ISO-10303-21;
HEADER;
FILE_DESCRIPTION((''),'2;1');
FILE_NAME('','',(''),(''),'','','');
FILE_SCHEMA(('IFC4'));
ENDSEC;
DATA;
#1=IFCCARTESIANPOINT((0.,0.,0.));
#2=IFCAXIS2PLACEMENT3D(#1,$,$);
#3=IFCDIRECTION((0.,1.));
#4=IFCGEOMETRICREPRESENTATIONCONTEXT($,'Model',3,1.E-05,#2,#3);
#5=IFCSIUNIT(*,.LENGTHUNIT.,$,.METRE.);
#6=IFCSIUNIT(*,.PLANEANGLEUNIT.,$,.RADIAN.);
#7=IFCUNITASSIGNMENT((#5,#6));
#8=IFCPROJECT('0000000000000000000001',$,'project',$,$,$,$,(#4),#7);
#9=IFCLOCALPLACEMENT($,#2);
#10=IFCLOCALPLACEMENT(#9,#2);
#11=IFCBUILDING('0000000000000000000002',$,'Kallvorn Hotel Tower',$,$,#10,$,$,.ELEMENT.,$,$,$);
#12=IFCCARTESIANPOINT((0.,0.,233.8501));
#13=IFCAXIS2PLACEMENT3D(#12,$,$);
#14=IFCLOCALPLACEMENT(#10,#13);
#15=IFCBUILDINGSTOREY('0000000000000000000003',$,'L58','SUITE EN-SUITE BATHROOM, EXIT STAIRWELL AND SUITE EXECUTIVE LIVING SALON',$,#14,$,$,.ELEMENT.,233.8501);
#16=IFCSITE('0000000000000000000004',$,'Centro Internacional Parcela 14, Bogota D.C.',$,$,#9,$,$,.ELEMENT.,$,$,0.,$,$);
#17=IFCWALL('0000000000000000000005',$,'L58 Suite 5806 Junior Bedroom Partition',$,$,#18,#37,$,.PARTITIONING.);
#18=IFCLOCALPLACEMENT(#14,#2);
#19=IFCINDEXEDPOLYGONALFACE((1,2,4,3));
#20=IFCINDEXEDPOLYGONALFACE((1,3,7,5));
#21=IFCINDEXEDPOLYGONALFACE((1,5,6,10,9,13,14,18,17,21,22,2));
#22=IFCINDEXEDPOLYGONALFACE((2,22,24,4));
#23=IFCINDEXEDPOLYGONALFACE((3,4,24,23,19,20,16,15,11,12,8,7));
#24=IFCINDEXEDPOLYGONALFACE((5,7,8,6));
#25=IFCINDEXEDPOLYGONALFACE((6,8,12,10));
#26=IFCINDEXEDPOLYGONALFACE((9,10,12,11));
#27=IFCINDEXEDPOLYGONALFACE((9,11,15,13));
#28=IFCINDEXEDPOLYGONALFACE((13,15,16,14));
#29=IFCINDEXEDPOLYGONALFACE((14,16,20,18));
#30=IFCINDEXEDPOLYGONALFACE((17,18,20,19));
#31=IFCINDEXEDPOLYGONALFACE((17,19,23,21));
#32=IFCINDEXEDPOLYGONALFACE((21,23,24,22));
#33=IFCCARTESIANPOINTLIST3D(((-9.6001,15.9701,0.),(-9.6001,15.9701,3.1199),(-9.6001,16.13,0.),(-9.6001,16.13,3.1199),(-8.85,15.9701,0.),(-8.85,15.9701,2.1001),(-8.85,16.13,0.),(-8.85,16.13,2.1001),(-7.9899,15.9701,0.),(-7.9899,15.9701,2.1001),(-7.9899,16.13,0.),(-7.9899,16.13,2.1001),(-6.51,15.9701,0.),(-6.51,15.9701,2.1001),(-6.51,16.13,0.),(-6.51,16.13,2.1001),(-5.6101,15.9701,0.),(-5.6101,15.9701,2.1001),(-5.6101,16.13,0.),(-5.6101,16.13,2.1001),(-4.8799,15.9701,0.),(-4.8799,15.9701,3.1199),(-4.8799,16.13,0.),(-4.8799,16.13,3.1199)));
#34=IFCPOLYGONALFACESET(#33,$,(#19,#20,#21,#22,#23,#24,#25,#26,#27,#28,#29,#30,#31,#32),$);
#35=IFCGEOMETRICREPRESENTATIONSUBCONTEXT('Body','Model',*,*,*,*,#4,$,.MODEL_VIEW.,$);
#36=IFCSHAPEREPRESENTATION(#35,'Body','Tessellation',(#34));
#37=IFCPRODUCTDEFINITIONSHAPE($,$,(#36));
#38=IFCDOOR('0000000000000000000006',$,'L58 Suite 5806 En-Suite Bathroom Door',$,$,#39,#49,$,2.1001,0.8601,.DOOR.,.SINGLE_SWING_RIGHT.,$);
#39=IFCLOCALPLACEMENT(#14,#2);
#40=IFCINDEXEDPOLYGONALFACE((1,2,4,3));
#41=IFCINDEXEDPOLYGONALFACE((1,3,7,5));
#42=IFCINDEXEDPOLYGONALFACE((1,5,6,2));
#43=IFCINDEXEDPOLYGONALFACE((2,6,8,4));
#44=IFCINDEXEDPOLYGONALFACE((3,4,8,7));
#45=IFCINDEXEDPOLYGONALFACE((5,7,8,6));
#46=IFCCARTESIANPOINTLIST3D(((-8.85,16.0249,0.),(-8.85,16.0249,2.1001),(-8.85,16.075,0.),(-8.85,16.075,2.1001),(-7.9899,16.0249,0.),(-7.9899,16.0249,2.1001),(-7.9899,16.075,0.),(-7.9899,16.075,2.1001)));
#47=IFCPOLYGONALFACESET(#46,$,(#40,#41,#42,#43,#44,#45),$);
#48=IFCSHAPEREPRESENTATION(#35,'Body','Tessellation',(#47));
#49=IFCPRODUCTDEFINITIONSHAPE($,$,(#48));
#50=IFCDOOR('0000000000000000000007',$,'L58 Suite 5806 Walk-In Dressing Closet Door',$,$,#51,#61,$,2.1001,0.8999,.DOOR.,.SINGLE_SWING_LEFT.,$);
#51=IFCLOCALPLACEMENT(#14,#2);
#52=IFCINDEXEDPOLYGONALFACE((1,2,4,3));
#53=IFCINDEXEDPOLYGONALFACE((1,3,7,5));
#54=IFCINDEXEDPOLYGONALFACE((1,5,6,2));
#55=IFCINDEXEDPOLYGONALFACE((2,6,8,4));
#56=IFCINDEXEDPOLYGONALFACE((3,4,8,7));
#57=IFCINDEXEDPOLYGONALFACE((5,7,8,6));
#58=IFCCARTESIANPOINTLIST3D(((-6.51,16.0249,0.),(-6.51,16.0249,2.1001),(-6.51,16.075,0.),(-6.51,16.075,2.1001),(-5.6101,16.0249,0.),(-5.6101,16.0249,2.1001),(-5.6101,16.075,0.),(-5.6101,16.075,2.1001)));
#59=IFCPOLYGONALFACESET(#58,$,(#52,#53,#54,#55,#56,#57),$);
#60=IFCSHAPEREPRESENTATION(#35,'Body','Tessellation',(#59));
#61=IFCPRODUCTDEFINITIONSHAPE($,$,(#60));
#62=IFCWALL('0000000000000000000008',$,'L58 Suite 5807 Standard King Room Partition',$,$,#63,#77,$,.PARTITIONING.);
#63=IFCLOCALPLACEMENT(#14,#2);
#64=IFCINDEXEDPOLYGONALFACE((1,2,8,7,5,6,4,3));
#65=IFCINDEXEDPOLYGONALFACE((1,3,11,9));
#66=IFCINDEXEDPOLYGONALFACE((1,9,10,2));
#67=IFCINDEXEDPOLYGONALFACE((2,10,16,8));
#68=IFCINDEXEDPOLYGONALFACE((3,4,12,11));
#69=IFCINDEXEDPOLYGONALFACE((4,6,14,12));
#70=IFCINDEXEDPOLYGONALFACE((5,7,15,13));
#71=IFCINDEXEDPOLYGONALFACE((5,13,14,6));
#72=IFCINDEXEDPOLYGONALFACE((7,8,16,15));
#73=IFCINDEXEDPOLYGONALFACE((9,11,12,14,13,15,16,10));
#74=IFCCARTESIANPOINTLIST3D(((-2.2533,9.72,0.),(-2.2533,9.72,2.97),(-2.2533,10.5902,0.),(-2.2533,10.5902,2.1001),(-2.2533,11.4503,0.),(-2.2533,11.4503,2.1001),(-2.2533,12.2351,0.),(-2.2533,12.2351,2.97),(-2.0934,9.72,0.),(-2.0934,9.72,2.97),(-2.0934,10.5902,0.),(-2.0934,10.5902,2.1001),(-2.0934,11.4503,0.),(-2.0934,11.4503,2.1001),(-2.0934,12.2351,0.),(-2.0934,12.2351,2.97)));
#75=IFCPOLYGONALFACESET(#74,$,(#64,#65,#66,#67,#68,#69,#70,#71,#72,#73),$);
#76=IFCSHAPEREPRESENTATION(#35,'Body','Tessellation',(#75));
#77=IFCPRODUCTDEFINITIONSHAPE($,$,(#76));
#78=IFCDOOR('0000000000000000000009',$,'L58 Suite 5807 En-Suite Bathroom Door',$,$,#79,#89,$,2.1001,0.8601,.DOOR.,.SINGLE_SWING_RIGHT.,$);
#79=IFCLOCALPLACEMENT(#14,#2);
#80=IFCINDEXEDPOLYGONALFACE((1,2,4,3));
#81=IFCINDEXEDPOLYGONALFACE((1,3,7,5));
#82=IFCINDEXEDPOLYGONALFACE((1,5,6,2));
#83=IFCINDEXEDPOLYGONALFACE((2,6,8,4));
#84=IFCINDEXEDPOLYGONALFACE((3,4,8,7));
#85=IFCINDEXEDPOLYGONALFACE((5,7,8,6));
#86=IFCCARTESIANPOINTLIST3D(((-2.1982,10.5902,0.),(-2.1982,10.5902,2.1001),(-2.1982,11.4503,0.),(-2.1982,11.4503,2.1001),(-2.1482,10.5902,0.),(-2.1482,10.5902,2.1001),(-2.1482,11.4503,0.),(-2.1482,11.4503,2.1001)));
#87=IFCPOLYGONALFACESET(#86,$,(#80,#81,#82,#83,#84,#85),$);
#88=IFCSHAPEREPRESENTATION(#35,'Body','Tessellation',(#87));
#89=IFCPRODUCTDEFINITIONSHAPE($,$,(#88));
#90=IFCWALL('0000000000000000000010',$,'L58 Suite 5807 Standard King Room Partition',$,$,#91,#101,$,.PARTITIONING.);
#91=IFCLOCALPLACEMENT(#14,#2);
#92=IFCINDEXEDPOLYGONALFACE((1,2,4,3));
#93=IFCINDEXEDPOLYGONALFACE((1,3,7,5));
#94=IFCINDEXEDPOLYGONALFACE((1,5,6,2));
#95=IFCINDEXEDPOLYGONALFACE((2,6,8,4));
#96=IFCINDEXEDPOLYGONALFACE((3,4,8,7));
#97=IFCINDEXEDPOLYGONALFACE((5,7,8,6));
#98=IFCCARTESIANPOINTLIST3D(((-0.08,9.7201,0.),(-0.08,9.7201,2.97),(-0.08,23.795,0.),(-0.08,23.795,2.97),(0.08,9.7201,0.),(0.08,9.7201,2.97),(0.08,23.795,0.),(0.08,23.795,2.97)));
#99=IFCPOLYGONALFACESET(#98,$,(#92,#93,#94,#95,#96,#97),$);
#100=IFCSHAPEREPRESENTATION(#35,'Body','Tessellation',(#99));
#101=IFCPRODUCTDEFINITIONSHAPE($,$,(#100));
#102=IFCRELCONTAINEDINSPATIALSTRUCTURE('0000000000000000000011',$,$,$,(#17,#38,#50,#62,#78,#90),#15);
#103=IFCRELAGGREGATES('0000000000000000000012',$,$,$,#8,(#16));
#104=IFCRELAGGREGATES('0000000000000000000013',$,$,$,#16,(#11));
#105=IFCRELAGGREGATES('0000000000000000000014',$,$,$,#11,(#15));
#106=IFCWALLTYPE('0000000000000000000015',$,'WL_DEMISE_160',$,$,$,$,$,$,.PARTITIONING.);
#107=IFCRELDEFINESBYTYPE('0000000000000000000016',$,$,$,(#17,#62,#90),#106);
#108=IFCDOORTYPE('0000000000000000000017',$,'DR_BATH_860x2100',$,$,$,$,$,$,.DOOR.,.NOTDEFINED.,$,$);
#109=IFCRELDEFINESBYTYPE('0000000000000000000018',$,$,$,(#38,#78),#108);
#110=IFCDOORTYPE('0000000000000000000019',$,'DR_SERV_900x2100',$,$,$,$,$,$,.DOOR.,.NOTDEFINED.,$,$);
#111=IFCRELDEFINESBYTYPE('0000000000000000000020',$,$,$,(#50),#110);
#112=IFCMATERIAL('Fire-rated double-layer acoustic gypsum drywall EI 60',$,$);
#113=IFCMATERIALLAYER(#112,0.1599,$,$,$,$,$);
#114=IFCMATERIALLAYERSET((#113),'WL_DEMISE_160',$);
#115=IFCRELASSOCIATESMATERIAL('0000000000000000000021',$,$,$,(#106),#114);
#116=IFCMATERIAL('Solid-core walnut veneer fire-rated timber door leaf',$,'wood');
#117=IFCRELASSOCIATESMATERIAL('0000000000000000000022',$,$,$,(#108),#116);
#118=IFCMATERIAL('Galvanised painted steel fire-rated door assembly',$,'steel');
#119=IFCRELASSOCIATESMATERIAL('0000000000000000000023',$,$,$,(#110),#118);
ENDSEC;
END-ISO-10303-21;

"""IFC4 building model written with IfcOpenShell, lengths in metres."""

from ifc_helpers import new_model, si_unit, direction, frame, frame_2d, origin, place, context, subcontext, project, spatial, rectangle, extrude, material, layer, layer_set, type_object, element, fill, save


model = new_model("IFC4")

# Units and contexts
model_context = context("Model", 3, precision=1e-05, world=origin(), true_north=direction((0.0, 1.0)))
body_context = subcontext(model_context, "Body", "Model", "MODEL_VIEW")
ifc_project = project(units=[si_unit("LENGTHUNIT", "METRE"), si_unit("PLANEANGLEUNIT", "RADIAN")], contexts=[model_context])

# Site, building, storey
site_placement = place(None, origin())
site = spatial("IfcSite", under=ifc_project, at=site_placement, Name="Centro Internacional Parcela 14, Bogota D.C.", CompositionType="ELEMENT", RefElevation=0.0)
building_placement = place(site_placement, origin())
building = spatial("IfcBuilding", under=site, at=building_placement, Name="Kallvorn Hotel Tower", CompositionType="ELEMENT")
storey_placement = place(building_placement, frame((0.0, 0.0, 233.8501)))
storey = spatial("IfcBuildingStorey", under=building, at=storey_placement, Name="L58", Description="SUITE EN-SUITE BATHROOM, EXIT STAIRWELL AND SUITE EXECUTIVE LIVING SALON", CompositionType="ELEMENT", Elevation=233.8501)

# Shared definitions
ifc_material_1 = material(Name="Fire-rated double-layer acoustic gypsum drywall EI 60")
ifc_layer_1 = layer(ifc_material_1, 0.1599)
ifc_layer_set_1 = layer_set([ifc_layer_1], Name="WL_DEMISE_160")
wall_type = type_object("IfcWallType", Name="WL_DEMISE_160", PredefinedType="PARTITIONING", material=ifc_layer_set_1)

# Wall, openings, doors
wall_1_placement = place(storey_placement, frame((-9.6001, 16.05, 0.0), z_axis=(0.0, 0.0, 1.0), x_axis=(1.0, 0.0, 0.0)))
wall_1 = element("IfcWall", 1, at=wall_1_placement, inside=storey, type_object=wall_type, Name="L58 Suite 5806 Junior Bedroom Partition", PredefinedType="PARTITIONING", context=body_context, shape_type="SweptSolid", body=[
    extrude(rectangle(XDim=4.7202, YDim=0.1599, at=frame_2d((2.3601, 0.0))), origin(), (0.0, 0.0, 1.0), 3.1199),
])
opening_1_placement = place(wall_1_placement, frame((0.75, 0.0, 0.0)))
opening_1 = element("IfcOpeningElement", 2, at=opening_1_placement, cuts=wall_1, PredefinedType="OPENING", context=body_context, shape_type="SweptSolid", body=[
    extrude(rectangle(XDim=0.8601, YDim=2.1001, at=frame_2d((0.4302, 1.05))), frame((0.0, 0.095, 0.0), z_axis=(0.0, -1.0, 0.0), x_axis=(1.0, 0.0, 0.0)), (0.0, 0.0, 1.0), 0.1899),
])
opening_2_placement = place(wall_1_placement, frame((3.0901, 0.0, 0.0)))
opening_2 = element("IfcOpeningElement", 3, at=opening_2_placement, cuts=wall_1, PredefinedType="OPENING", context=body_context, shape_type="SweptSolid", body=[
    extrude(rectangle(XDim=0.8999, YDim=2.1001, at=frame_2d((0.45, 1.05))), frame((0.0, 0.095, 0.0), z_axis=(0.0, -1.0, 0.0), x_axis=(1.0, 0.0, 0.0)), (0.0, 0.0, 1.0), 0.1899),
])
ifc_material_2 = material(Name="Solid-core walnut veneer fire-rated timber door leaf", Category="wood")
door_type_1 = type_object("IfcDoorType", Name="DR_BATH_860x2100", OperationType="NOTDEFINED", PredefinedType="DOOR", material=ifc_material_2)
door_1_placement = place(opening_1_placement, origin())
door_1 = element("IfcDoor", 4, at=door_1_placement, inside=storey, type_object=door_type_1, Name="L58 Suite 5806 En-Suite Bathroom Door", OperationType="SINGLE_SWING_RIGHT", OverallHeight=2.1001, OverallWidth=0.8601, PredefinedType="DOOR", context=body_context, shape_type="SweptSolid", body=[
    extrude(rectangle(XDim=0.8601, YDim=2.1001, at=frame_2d((0.4302, 1.05))), frame((0.0, 0.0249, 0.0), z_axis=(0.0, -1.0, 0.0), x_axis=(1.0, 0.0, 0.0)), (0.0, 0.0, 1.0), 0.05),
])
fill(opening_1, door_1)
ifc_material_3 = material(Name="Galvanised painted steel fire-rated door assembly", Category="steel")
door_type_2 = type_object("IfcDoorType", Name="DR_SERV_900x2100", OperationType="NOTDEFINED", PredefinedType="DOOR", material=ifc_material_3)
door_2_placement = place(opening_2_placement, origin())
door_2 = element("IfcDoor", 5, at=door_2_placement, inside=storey, type_object=door_type_2, Name="L58 Suite 5806 Walk-In Dressing Closet Door", OperationType="SINGLE_SWING_LEFT", OverallHeight=2.1001, OverallWidth=0.8999, PredefinedType="DOOR", context=body_context, shape_type="SweptSolid", body=[
    extrude(rectangle(XDim=0.8999, YDim=2.1001, at=frame_2d((0.45, 1.05))), frame((0.0, 0.0249, 0.0), z_axis=(0.0, -1.0, 0.0), x_axis=(1.0, 0.0, 0.0)), (0.0, 0.0, 1.0), 0.05),
])
fill(opening_2, door_2)

# Wall, opening, door
wall_2_placement = place(storey_placement, frame((-2.1733, 9.72, 0.0), z_axis=(0.0, 0.0, 1.0), x_axis=(0.0, 1.0, 0.0)))
wall_2 = element("IfcWall", 6, at=wall_2_placement, inside=storey, type_object=wall_type, Name="L58 Suite 5807 Standard King Room Partition", PredefinedType="PARTITIONING", context=body_context, shape_type="SweptSolid", body=[
    extrude(rectangle(XDim=2.5151, YDim=0.1599, at=frame_2d((1.2576, 0.0))), origin(), (0.0, 0.0, 1.0), 2.97),
])
opening_3_placement = place(wall_2_placement, frame((0.8701, 0.0, 0.0)))
opening_3 = element("IfcOpeningElement", 7, at=opening_3_placement, cuts=wall_2, PredefinedType="OPENING", context=body_context, shape_type="SweptSolid", body=[
    extrude(rectangle(XDim=0.8601, YDim=2.1001, at=frame_2d((0.4302, 1.05))), frame((0.0, 0.095, 0.0), z_axis=(0.0, -1.0, 0.0), x_axis=(1.0, 0.0, 0.0)), (0.0, 0.0, 1.0), 0.1899),
])
door_3_placement = place(opening_3_placement, origin())
door_3 = element("IfcDoor", 8, at=door_3_placement, inside=storey, type_object=door_type_1, Name="L58 Suite 5807 En-Suite Bathroom Door", OperationType="SINGLE_SWING_RIGHT", OverallHeight=2.1001, OverallWidth=0.8601, PredefinedType="DOOR", context=body_context, shape_type="SweptSolid", body=[
    extrude(rectangle(XDim=0.8601, YDim=2.1001, at=frame_2d((0.4302, 1.05))), frame((0.0, 0.0249, 0.0), z_axis=(0.0, -1.0, 0.0), x_axis=(1.0, 0.0, 0.0)), (0.0, 0.0, 1.0), 0.05),
])
fill(opening_3, door_3)

# Wall
wall_3_placement = place(storey_placement, frame((0.0, 9.72, 0.0), z_axis=(0.0, 0.0, 1.0), x_axis=(0.0, 1.0, 0.0)))
element("IfcWall", 9, at=wall_3_placement, inside=storey, type_object=wall_type, Name="L58 Suite 5807 Standard King Room Partition", PredefinedType="PARTITIONING", context=body_context, shape_type="SweptSolid", body=[
    extrude(rectangle(XDim=14.075, YDim=0.1599, at=frame_2d((7.0376, 0.0))), origin(), (0.0, 0.0, 1.0), 2.97),
])

save(model, "model.ifc")
